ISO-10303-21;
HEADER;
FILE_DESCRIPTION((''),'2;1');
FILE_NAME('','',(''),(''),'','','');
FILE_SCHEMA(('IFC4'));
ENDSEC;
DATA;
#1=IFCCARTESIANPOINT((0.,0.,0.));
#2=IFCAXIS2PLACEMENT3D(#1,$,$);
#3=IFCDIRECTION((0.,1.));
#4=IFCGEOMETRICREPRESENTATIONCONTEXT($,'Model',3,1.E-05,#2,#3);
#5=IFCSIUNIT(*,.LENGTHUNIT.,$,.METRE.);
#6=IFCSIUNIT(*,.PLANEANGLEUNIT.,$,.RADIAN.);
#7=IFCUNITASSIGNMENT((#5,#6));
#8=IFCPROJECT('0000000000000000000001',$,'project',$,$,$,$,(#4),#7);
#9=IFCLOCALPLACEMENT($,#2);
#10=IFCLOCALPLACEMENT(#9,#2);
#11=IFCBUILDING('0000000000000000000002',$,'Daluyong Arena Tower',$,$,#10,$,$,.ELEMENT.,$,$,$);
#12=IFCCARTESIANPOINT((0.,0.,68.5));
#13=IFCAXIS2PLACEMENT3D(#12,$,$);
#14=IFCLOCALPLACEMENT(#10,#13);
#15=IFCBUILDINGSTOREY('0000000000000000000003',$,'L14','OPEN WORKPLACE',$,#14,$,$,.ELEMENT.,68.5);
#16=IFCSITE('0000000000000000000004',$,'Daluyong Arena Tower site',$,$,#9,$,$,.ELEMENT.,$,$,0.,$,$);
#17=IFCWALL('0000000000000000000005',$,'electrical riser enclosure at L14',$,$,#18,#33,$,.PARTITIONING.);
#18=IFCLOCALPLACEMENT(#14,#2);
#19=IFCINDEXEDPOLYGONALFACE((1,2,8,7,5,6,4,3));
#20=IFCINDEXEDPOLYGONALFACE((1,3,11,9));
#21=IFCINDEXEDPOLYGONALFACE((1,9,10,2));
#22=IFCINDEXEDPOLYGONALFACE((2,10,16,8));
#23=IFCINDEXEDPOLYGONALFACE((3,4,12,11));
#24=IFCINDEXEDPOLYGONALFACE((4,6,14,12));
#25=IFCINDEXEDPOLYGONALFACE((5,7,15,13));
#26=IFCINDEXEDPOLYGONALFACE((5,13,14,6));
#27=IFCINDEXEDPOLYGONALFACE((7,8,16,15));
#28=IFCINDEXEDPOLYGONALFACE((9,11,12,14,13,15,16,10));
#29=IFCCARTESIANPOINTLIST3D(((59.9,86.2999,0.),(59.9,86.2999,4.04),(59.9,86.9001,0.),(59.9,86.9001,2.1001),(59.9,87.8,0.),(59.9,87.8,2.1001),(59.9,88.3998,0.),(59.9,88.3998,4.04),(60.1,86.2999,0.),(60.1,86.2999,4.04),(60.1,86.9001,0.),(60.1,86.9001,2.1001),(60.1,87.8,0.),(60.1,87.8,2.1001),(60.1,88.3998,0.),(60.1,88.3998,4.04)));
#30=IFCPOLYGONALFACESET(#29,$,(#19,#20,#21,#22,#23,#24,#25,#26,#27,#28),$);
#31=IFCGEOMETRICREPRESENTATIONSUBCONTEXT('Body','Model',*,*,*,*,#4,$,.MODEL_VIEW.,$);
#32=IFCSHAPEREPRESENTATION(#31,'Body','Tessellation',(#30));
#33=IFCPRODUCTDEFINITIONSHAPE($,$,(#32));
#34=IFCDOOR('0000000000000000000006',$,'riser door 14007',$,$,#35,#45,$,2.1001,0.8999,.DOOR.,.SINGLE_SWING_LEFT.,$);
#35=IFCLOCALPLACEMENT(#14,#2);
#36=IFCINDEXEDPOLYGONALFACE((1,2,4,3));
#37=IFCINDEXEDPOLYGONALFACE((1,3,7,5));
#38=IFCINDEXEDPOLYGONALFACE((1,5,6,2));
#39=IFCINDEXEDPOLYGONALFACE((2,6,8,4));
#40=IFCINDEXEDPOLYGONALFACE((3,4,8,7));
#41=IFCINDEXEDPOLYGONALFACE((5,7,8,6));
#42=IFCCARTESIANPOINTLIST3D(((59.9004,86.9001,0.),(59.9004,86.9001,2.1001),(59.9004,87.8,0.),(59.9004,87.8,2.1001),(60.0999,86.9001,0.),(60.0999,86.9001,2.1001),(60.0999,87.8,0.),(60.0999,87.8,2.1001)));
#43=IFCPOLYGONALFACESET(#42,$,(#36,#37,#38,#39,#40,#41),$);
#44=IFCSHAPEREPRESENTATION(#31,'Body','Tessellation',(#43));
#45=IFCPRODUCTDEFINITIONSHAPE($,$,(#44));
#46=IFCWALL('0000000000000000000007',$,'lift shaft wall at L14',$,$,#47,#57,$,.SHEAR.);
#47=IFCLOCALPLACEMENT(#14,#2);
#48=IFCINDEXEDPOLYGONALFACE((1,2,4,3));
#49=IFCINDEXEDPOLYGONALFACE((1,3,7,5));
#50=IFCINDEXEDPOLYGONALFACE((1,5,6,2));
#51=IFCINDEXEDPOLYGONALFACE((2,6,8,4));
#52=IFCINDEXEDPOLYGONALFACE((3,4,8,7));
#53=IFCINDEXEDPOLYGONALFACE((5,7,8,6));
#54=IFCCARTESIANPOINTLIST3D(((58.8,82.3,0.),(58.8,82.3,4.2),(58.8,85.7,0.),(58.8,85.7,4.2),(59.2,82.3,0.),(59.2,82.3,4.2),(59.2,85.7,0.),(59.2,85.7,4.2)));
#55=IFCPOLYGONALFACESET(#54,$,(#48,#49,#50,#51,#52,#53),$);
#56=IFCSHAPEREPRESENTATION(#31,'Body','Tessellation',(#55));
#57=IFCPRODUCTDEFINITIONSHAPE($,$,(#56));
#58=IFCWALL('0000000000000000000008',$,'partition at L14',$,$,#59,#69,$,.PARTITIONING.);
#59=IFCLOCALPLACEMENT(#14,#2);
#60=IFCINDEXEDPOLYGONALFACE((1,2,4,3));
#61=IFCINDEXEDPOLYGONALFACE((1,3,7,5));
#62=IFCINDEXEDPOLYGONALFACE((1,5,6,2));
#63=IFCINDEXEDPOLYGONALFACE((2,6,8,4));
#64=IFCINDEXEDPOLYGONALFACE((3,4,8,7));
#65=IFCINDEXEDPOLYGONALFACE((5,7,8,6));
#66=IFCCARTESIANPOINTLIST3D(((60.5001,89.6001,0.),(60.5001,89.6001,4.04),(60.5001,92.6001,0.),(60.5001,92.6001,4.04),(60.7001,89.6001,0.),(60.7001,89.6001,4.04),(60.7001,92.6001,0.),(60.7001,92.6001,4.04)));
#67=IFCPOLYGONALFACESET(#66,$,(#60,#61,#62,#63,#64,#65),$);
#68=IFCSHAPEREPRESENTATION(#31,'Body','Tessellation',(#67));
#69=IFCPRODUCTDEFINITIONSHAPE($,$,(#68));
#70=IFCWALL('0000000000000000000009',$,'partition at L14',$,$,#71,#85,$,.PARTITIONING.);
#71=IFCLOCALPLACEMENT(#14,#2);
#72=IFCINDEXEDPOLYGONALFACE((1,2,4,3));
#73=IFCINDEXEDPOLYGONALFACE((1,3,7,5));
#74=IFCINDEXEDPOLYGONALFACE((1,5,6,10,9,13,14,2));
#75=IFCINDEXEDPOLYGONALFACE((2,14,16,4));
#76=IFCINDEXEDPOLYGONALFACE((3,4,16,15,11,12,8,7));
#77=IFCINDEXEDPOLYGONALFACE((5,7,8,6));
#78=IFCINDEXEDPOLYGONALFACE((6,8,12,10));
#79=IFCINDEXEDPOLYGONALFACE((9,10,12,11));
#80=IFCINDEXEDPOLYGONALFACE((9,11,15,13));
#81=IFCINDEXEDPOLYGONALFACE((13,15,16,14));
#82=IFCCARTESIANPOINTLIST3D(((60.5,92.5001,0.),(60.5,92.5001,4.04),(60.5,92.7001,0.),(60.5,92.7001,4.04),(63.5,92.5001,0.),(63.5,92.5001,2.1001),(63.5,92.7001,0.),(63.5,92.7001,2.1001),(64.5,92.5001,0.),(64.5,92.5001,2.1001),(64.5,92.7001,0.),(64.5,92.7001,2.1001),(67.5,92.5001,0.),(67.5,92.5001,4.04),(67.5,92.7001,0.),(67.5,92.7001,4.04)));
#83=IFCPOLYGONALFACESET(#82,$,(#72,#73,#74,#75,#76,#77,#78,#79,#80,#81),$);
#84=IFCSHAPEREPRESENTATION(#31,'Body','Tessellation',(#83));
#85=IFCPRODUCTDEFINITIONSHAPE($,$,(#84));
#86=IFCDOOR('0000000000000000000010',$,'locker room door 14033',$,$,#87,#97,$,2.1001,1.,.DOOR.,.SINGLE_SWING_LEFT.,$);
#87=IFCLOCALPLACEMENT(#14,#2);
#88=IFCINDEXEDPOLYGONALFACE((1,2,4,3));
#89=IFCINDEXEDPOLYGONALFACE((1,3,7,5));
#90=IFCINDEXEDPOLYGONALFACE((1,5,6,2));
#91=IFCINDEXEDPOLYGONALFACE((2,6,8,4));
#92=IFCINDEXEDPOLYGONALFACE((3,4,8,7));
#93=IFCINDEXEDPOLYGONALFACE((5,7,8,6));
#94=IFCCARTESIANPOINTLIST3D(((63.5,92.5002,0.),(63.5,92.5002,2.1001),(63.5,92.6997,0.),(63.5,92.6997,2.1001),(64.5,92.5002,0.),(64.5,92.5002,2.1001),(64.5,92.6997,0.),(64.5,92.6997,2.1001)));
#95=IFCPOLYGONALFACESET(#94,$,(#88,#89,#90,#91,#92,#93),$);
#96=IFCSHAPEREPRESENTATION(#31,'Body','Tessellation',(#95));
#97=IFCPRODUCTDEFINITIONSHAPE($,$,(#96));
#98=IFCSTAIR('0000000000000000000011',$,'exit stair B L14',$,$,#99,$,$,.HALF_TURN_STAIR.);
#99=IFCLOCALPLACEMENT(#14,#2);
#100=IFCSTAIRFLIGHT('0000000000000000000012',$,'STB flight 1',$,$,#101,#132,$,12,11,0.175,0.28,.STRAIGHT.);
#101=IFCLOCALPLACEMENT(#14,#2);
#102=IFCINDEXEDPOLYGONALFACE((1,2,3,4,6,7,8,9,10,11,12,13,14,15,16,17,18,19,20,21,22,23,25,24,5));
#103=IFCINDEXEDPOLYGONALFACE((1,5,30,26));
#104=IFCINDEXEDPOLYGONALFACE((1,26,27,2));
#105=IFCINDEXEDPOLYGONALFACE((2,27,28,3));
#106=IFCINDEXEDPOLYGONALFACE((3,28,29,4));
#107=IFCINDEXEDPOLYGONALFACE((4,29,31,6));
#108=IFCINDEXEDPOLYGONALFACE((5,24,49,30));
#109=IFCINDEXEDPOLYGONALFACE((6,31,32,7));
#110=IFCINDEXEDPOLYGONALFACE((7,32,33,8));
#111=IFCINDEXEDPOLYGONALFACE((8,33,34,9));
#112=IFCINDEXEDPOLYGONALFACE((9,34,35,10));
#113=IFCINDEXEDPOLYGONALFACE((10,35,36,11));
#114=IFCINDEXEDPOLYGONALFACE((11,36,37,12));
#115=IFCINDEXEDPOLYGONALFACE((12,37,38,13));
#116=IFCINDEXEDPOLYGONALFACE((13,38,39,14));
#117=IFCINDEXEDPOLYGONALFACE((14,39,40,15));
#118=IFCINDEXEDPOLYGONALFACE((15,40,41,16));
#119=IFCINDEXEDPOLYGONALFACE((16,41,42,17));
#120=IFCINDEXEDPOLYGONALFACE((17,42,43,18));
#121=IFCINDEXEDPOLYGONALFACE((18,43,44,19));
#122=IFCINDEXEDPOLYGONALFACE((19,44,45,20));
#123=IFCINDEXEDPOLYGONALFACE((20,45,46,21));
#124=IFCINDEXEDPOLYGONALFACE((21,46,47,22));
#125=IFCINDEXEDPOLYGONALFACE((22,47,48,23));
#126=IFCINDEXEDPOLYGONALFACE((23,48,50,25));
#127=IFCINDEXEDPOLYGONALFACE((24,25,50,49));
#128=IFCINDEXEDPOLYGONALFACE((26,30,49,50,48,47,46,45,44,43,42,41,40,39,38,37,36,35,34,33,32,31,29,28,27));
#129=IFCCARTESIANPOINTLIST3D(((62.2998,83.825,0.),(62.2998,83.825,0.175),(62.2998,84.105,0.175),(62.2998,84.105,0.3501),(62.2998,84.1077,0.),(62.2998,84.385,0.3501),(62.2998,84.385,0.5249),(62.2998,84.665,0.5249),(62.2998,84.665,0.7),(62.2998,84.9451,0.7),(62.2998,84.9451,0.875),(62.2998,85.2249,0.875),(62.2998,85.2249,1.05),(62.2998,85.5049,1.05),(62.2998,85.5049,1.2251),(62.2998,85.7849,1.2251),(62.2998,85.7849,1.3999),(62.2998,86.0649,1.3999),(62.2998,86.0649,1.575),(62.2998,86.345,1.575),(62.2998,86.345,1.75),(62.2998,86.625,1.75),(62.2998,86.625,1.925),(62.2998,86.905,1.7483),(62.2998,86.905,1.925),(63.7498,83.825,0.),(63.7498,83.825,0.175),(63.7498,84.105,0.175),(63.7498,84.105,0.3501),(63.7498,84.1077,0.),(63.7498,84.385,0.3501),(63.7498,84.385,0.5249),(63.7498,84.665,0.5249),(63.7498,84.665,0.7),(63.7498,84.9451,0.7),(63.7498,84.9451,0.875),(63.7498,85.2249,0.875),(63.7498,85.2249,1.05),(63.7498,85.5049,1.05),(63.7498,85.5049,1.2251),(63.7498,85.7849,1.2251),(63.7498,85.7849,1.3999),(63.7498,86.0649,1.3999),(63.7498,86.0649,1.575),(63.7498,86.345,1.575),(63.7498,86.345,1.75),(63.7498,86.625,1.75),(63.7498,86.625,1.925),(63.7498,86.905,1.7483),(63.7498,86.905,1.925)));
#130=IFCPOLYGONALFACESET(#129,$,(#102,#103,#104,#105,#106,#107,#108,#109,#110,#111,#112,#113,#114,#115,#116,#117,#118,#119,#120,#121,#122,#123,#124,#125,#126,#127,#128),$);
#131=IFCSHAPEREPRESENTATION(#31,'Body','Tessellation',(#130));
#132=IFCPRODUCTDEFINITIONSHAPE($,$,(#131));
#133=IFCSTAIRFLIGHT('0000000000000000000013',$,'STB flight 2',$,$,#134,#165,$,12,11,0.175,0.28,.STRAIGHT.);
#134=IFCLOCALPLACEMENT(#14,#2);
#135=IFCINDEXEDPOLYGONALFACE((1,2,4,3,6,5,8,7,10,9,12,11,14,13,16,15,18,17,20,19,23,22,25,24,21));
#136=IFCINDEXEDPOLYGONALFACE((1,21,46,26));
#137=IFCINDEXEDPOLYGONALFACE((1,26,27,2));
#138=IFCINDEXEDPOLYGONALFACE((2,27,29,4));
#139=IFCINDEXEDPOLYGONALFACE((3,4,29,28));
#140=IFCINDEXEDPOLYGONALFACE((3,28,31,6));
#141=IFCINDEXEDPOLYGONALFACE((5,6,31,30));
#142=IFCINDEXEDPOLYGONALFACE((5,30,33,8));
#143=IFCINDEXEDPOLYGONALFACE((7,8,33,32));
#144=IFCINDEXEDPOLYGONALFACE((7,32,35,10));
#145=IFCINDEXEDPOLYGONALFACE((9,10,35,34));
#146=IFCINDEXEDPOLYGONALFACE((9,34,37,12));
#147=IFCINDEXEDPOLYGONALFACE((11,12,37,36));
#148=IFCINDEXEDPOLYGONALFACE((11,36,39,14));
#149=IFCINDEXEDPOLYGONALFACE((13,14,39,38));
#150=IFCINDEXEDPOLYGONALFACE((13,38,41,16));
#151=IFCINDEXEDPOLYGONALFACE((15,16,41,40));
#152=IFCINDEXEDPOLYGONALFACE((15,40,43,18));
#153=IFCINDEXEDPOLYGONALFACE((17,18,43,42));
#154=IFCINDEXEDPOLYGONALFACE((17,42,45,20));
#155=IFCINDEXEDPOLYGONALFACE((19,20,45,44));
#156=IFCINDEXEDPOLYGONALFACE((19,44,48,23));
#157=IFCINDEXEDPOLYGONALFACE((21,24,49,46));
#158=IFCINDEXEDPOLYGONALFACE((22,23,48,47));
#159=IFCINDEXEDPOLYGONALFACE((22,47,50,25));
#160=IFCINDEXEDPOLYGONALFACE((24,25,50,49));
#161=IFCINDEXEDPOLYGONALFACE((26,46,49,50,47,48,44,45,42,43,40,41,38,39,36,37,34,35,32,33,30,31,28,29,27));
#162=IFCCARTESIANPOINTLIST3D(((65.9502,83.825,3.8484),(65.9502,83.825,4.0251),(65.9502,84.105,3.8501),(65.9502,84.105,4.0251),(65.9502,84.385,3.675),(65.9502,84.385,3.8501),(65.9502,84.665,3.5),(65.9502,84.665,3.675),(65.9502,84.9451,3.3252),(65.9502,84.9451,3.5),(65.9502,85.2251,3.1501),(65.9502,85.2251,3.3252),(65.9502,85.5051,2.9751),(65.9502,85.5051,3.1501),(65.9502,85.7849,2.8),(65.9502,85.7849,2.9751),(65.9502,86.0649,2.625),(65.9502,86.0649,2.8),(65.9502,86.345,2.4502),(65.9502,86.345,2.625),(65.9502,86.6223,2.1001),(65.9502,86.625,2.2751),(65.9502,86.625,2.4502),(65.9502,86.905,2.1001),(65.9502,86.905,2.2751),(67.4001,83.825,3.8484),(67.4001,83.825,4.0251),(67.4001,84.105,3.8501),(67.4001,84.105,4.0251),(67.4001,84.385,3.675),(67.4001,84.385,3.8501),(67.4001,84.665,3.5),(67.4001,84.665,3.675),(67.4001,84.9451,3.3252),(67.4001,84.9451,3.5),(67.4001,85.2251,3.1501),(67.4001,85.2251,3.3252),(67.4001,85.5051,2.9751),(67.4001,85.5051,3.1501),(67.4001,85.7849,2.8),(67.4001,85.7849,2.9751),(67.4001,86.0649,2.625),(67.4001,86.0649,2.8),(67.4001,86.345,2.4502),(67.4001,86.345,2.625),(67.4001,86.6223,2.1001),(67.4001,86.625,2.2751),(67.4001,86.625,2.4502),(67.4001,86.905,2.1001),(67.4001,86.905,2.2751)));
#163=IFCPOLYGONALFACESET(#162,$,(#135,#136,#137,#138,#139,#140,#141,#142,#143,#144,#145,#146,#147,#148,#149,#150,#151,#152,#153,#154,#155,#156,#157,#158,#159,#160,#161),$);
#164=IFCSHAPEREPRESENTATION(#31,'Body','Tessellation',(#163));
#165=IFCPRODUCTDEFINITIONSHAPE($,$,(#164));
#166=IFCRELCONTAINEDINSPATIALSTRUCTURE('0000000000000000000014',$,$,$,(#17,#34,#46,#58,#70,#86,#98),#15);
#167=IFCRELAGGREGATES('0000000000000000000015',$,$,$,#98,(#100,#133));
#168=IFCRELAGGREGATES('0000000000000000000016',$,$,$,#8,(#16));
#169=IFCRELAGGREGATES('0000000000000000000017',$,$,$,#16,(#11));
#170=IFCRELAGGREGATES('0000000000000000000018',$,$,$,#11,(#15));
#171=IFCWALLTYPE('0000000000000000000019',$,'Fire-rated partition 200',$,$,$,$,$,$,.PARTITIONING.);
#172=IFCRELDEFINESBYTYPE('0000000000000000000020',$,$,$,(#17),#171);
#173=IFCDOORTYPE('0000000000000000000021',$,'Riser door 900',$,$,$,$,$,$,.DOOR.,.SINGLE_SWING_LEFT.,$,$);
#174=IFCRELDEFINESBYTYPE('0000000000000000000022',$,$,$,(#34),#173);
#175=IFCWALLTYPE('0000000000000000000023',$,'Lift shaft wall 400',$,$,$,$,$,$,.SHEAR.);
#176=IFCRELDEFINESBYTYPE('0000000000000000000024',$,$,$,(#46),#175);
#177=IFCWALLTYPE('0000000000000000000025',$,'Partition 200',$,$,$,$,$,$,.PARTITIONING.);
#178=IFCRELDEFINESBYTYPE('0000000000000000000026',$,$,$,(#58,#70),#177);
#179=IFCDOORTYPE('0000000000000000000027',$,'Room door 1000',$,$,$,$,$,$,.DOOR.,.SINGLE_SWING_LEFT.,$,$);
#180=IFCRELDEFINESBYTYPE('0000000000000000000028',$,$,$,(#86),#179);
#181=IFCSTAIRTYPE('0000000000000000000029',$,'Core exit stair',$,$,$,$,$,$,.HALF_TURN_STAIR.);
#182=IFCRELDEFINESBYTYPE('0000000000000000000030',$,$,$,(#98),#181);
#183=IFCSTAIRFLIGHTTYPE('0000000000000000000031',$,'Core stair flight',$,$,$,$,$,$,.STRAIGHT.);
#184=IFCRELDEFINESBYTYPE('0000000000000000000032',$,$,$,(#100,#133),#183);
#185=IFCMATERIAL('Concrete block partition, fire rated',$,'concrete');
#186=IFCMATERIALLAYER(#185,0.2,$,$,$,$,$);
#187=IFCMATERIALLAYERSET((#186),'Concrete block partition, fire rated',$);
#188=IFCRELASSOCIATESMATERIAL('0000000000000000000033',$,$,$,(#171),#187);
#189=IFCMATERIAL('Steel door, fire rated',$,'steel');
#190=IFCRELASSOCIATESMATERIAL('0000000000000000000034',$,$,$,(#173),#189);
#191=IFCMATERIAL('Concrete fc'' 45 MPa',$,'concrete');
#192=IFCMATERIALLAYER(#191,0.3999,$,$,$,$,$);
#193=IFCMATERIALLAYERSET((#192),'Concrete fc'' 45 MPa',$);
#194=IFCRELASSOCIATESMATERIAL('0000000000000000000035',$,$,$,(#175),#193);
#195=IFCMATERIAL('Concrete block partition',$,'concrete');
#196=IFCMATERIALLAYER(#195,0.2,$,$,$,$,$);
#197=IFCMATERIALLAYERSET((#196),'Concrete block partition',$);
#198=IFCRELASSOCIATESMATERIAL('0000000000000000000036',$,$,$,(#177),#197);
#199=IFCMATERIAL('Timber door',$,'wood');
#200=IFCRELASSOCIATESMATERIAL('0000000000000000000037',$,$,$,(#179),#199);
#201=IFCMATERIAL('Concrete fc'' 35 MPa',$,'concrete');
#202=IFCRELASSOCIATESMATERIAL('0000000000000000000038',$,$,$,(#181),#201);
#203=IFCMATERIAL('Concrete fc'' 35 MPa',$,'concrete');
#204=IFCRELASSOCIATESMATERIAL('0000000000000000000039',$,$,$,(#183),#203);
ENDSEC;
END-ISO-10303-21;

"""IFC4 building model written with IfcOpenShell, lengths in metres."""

from ifc_helpers import new_model, si_unit, direction, frame, frame_2d, origin, place, context, subcontext, project, spatial, polyline, rectangle, outline, extrude, material, layer, layer_set, type_object, element, fill, aggregate, save


model = new_model("IFC4")

# Units and contexts
model_context = context("Model", 3, precision=1e-05, world=origin(), true_north=direction((0.0, 1.0)))
body_context = subcontext(model_context, "Body", "Model", "MODEL_VIEW")
ifc_project = project(units=[si_unit("LENGTHUNIT", "METRE"), si_unit("PLANEANGLEUNIT", "RADIAN")], contexts=[model_context])

# Site, building, storey
site_placement = place(None, origin())
site = spatial("IfcSite", under=ifc_project, at=site_placement, Name="Daluyong Arena Tower site", CompositionType="ELEMENT", RefElevation=0.0)
building_placement = place(site_placement, origin())
building = spatial("IfcBuilding", under=site, at=building_placement, Name="Daluyong Arena Tower", CompositionType="ELEMENT")
storey_placement = place(building_placement, frame((0.0, 0.0, 68.5)))
storey = spatial("IfcBuildingStorey", under=building, at=storey_placement, Name="L14", Description="OPEN WORKPLACE", CompositionType="ELEMENT", Elevation=68.5)

# Wall, opening, door
ifc_material_1 = material(Name="Concrete block partition, fire rated", Category="concrete")
ifc_layer_1 = layer(ifc_material_1, 0.2)
ifc_layer_set_1 = layer_set([ifc_layer_1], Name="Concrete block partition, fire rated")
wall_type_1 = type_object("IfcWallType", Name="Fire-rated partition 200", PredefinedType="PARTITIONING", material=ifc_layer_set_1)
wall_1_placement = place(storey_placement, frame((60.0, 86.3, 0.0), z_axis=(0.0, 0.0, 1.0), x_axis=(0.0, 1.0, 0.0)))
wall_1 = element("IfcWall", 1, at=wall_1_placement, inside=storey, type_object=wall_type_1, Name="electrical riser enclosure at L14", PredefinedType="PARTITIONING", context=body_context, shape_type="SweptSolid", body=[
    extrude(rectangle(XDim=2.0999, YDim=0.2, at=frame_2d((1.0498, 0.0))), origin(), (0.0, 0.0, 1.0), 4.04),
])
opening_1_placement = place(wall_1_placement, frame((0.6001, 0.0, 0.0)))
opening_1 = element("IfcOpeningElement", 2, at=opening_1_placement, cuts=wall_1, PredefinedType="OPENING", context=body_context, shape_type="SweptSolid", body=[
    extrude(rectangle(XDim=0.8999, YDim=2.1001, at=frame_2d((0.45, 1.05))), frame((0.0, 0.1099, 0.0), z_axis=(0.0, -1.0, 0.0), x_axis=(1.0, 0.0, 0.0)), (0.0, 0.0, 1.0), 0.22),
])
ifc_material_2 = material(Name="Steel door, fire rated", Category="steel")
door_type_1 = type_object("IfcDoorType", Name="Riser door 900", OperationType="SINGLE_SWING_LEFT", PredefinedType="DOOR", material=ifc_material_2)
door_1_placement = place(opening_1_placement, origin())
door_1 = element("IfcDoor", 3, at=door_1_placement, inside=storey, type_object=door_type_1, Name="riser door 14007", OperationType="SINGLE_SWING_LEFT", OverallHeight=2.1001, OverallWidth=0.8999, PredefinedType="DOOR", context=body_context, shape_type="SweptSolid", body=[
    extrude(rectangle(XDim=0.8999, YDim=2.1001, at=frame_2d((0.45, 1.05))), frame((0.0, 0.0996, 0.0), z_axis=(0.0, -1.0, 0.0), x_axis=(1.0, 0.0, 0.0)), (0.0, 0.0, 1.0), 0.1995),
])
fill(opening_1, door_1)

# Walls
ifc_material_3 = material(Name="Concrete fc' 45 MPa", Category="concrete")
ifc_layer_2 = layer(ifc_material_3, 0.3999)
ifc_layer_set_2 = layer_set([ifc_layer_2], Name="Concrete fc' 45 MPa")
wall_type_2 = type_object("IfcWallType", Name="Lift shaft wall 400", PredefinedType="SHEAR", material=ifc_layer_set_2)
wall_2_placement = place(storey_placement, frame((59.0, 82.3, 0.0), z_axis=(0.0, 0.0, 1.0), x_axis=(0.0, 1.0, 0.0)))
element("IfcWall", 4, at=wall_2_placement, inside=storey, type_object=wall_type_2, Name="lift shaft wall at L14", PredefinedType="SHEAR", context=body_context, shape_type="SweptSolid", body=[
    extrude(rectangle(XDim=3.3999, YDim=0.3999, at=frame_2d((1.7, 0.0))), origin(), (0.0, 0.0, 1.0), 4.2),
])
ifc_material_4 = material(Name="Concrete block partition", Category="concrete")
ifc_layer_3 = layer(ifc_material_4, 0.2)
ifc_layer_set_3 = layer_set([ifc_layer_3], Name="Concrete block partition")
wall_type_3 = type_object("IfcWallType", Name="Partition 200", PredefinedType="PARTITIONING", material=ifc_layer_set_3)
wall_3_placement = place(storey_placement, frame((60.6001, 89.6001, 0.0), z_axis=(0.0, 0.0, 1.0), x_axis=(0.0, 1.0, 0.0)))
element("IfcWall", 5, at=wall_3_placement, inside=storey, type_object=wall_type_3, Name="partition at L14", PredefinedType="PARTITIONING", context=body_context, shape_type="SweptSolid", body=[
    extrude(rectangle(XDim=3.0, YDim=0.2, at=frame_2d((1.5, 0.0))), origin(), (0.0, 0.0, 1.0), 4.04),
])

# Wall, opening, door
wall_4_placement = place(storey_placement, frame((60.5, 92.6001, 0.0), z_axis=(0.0, 0.0, 1.0), x_axis=(1.0, 0.0, 0.0)))
wall_4 = element("IfcWall", 6, at=wall_4_placement, inside=storey, type_object=wall_type_3, Name="partition at L14", PredefinedType="PARTITIONING", context=body_context, shape_type="SweptSolid", body=[
    extrude(rectangle(XDim=7.0, YDim=0.2, at=frame_2d((3.5, 0.0))), origin(), (0.0, 0.0, 1.0), 4.04),
])
opening_2_placement = place(wall_4_placement, frame((3.0, 0.0, 0.0)))
opening_2 = element("IfcOpeningElement", 7, at=opening_2_placement, cuts=wall_4, PredefinedType="OPENING", context=body_context, shape_type="SweptSolid", body=[
    extrude(rectangle(XDim=1.0, YDim=2.1001, at=frame_2d((0.5, 1.05))), frame((0.0, 0.1099, 0.0), z_axis=(0.0, -1.0, 0.0), x_axis=(1.0, 0.0, 0.0)), (0.0, 0.0, 1.0), 0.22),
])
ifc_material_5 = material(Name="Timber door", Category="wood")
door_type_2 = type_object("IfcDoorType", Name="Room door 1000", OperationType="SINGLE_SWING_LEFT", PredefinedType="DOOR", material=ifc_material_5)
door_2_placement = place(opening_2_placement, origin())
door_2 = element("IfcDoor", 8, at=door_2_placement, inside=storey, type_object=door_type_2, Name="locker room door 14033", OperationType="SINGLE_SWING_LEFT", OverallHeight=2.1001, OverallWidth=1.0, PredefinedType="DOOR", context=body_context, shape_type="SweptSolid", body=[
    extrude(rectangle(XDim=1.0, YDim=2.1001, at=frame_2d((0.5, 1.05))), frame((0.0, 0.0996, 0.0), z_axis=(0.0, -1.0, 0.0), x_axis=(1.0, 0.0, 0.0)), (0.0, 0.0, 1.0), 0.1995),
])
fill(opening_2, door_2)

# Stair, stair flights
ifc_material_6 = material(Name="Concrete fc' 35 MPa", Category="concrete")
stair_type = type_object("IfcStairType", Name="Core exit stair", PredefinedType="HALF_TURN_STAIR", material=ifc_material_6)
stair_placement = place(storey_placement, origin())
stair = element("IfcStair", 9, at=stair_placement, inside=storey, type_object=stair_type, Name="exit stair B L14", PredefinedType="HALF_TURN_STAIR")
ifc_material_7 = material(Name="Concrete fc' 35 MPa", Category="concrete")
stair_flight_type = type_object("IfcStairFlightType", Name="Core stair flight", PredefinedType="STRAIGHT", material=ifc_material_7)
stair_flight_1_placement = place(storey_placement, frame((63.0249, 83.825, 0.0), z_axis=(0.0, 0.0, 1.0), x_axis=(0.0, 1.0, 0.0)))
stair_flight_1 = element("IfcStairFlight", 10, at=stair_flight_1_placement, type_object=stair_flight_type, Name="STB flight 1", NumberOfRisers=12, NumberOfTreads=11, PredefinedType="STRAIGHT", RiserHeight=0.175, TreadLength=0.28, context=body_context, shape_type="SweptSolid", body=[
    extrude(outline(polyline([(0.0, 0.0), (0.0, 0.175), (0.28, 0.175), (0.28, 0.3501), (0.5601, 0.3501), (0.5601, 0.5249), (0.8401, 0.5249), (0.8401, 0.7), (1.1201, 0.7), (1.1201, 0.875), (1.3999, 0.875), (1.3999, 1.05), (1.6799, 1.05), (1.6799, 1.2251), (1.96, 1.2251), (1.96, 1.3999), (2.24, 1.3999), (2.24, 1.575), (2.52, 1.575), (2.52, 1.75), (2.8, 1.75), (2.8, 1.925), (3.0801, 1.925), (3.0801, 2.1001), (3.0801, 1.7483), (0.2827, 0.0), (0.0, 0.0)])), frame((0.0, 0.7251, 0.0), z_axis=(0.0, -1.0, 0.0), x_axis=(1.0, 0.0, 0.0)), (0.0, 0.0, 1.0), 1.45),
])
stair_flight_2_placement = place(storey_placement, frame((66.675, 86.905, 2.1001), z_axis=(0.0, 0.0, 1.0), x_axis=(0.0, -1.0, 0.0)))
stair_flight_2 = element("IfcStairFlight", 11, at=stair_flight_2_placement, type_object=stair_flight_type, Name="STB flight 2", NumberOfRisers=12, NumberOfTreads=11, PredefinedType="STRAIGHT", RiserHeight=0.175, TreadLength=0.28, context=body_context, shape_type="SweptSolid", body=[
    extrude(outline(polyline([(0.0, 0.0), (0.0, 0.175), (0.28, 0.175), (0.28, 0.3501), (0.5601, 0.3501), (0.5601, 0.5249), (0.8401, 0.5249), (0.8401, 0.7), (1.1201, 0.7), (1.1201, 0.875), (1.3999, 0.875), (1.3999, 1.05), (1.6799, 1.05), (1.6799, 1.2251), (1.96, 1.2251), (1.96, 1.3999), (2.24, 1.3999), (2.24, 1.575), (2.52, 1.575), (2.52, 1.75), (2.8, 1.75), (2.8, 1.925), (3.0801, 1.925), (3.0801, 2.1001), (3.0801, 1.7483), (0.2827, 0.0), (0.0, 0.0)])), frame((0.0, 0.7251, 0.0), z_axis=(0.0, -1.0, 0.0), x_axis=(1.0, 0.0, 0.0)), (0.0, 0.0, 1.0), 1.45),
])
aggregate(stair, [stair_flight_1, stair_flight_2])

save(model, "model.ifc")
